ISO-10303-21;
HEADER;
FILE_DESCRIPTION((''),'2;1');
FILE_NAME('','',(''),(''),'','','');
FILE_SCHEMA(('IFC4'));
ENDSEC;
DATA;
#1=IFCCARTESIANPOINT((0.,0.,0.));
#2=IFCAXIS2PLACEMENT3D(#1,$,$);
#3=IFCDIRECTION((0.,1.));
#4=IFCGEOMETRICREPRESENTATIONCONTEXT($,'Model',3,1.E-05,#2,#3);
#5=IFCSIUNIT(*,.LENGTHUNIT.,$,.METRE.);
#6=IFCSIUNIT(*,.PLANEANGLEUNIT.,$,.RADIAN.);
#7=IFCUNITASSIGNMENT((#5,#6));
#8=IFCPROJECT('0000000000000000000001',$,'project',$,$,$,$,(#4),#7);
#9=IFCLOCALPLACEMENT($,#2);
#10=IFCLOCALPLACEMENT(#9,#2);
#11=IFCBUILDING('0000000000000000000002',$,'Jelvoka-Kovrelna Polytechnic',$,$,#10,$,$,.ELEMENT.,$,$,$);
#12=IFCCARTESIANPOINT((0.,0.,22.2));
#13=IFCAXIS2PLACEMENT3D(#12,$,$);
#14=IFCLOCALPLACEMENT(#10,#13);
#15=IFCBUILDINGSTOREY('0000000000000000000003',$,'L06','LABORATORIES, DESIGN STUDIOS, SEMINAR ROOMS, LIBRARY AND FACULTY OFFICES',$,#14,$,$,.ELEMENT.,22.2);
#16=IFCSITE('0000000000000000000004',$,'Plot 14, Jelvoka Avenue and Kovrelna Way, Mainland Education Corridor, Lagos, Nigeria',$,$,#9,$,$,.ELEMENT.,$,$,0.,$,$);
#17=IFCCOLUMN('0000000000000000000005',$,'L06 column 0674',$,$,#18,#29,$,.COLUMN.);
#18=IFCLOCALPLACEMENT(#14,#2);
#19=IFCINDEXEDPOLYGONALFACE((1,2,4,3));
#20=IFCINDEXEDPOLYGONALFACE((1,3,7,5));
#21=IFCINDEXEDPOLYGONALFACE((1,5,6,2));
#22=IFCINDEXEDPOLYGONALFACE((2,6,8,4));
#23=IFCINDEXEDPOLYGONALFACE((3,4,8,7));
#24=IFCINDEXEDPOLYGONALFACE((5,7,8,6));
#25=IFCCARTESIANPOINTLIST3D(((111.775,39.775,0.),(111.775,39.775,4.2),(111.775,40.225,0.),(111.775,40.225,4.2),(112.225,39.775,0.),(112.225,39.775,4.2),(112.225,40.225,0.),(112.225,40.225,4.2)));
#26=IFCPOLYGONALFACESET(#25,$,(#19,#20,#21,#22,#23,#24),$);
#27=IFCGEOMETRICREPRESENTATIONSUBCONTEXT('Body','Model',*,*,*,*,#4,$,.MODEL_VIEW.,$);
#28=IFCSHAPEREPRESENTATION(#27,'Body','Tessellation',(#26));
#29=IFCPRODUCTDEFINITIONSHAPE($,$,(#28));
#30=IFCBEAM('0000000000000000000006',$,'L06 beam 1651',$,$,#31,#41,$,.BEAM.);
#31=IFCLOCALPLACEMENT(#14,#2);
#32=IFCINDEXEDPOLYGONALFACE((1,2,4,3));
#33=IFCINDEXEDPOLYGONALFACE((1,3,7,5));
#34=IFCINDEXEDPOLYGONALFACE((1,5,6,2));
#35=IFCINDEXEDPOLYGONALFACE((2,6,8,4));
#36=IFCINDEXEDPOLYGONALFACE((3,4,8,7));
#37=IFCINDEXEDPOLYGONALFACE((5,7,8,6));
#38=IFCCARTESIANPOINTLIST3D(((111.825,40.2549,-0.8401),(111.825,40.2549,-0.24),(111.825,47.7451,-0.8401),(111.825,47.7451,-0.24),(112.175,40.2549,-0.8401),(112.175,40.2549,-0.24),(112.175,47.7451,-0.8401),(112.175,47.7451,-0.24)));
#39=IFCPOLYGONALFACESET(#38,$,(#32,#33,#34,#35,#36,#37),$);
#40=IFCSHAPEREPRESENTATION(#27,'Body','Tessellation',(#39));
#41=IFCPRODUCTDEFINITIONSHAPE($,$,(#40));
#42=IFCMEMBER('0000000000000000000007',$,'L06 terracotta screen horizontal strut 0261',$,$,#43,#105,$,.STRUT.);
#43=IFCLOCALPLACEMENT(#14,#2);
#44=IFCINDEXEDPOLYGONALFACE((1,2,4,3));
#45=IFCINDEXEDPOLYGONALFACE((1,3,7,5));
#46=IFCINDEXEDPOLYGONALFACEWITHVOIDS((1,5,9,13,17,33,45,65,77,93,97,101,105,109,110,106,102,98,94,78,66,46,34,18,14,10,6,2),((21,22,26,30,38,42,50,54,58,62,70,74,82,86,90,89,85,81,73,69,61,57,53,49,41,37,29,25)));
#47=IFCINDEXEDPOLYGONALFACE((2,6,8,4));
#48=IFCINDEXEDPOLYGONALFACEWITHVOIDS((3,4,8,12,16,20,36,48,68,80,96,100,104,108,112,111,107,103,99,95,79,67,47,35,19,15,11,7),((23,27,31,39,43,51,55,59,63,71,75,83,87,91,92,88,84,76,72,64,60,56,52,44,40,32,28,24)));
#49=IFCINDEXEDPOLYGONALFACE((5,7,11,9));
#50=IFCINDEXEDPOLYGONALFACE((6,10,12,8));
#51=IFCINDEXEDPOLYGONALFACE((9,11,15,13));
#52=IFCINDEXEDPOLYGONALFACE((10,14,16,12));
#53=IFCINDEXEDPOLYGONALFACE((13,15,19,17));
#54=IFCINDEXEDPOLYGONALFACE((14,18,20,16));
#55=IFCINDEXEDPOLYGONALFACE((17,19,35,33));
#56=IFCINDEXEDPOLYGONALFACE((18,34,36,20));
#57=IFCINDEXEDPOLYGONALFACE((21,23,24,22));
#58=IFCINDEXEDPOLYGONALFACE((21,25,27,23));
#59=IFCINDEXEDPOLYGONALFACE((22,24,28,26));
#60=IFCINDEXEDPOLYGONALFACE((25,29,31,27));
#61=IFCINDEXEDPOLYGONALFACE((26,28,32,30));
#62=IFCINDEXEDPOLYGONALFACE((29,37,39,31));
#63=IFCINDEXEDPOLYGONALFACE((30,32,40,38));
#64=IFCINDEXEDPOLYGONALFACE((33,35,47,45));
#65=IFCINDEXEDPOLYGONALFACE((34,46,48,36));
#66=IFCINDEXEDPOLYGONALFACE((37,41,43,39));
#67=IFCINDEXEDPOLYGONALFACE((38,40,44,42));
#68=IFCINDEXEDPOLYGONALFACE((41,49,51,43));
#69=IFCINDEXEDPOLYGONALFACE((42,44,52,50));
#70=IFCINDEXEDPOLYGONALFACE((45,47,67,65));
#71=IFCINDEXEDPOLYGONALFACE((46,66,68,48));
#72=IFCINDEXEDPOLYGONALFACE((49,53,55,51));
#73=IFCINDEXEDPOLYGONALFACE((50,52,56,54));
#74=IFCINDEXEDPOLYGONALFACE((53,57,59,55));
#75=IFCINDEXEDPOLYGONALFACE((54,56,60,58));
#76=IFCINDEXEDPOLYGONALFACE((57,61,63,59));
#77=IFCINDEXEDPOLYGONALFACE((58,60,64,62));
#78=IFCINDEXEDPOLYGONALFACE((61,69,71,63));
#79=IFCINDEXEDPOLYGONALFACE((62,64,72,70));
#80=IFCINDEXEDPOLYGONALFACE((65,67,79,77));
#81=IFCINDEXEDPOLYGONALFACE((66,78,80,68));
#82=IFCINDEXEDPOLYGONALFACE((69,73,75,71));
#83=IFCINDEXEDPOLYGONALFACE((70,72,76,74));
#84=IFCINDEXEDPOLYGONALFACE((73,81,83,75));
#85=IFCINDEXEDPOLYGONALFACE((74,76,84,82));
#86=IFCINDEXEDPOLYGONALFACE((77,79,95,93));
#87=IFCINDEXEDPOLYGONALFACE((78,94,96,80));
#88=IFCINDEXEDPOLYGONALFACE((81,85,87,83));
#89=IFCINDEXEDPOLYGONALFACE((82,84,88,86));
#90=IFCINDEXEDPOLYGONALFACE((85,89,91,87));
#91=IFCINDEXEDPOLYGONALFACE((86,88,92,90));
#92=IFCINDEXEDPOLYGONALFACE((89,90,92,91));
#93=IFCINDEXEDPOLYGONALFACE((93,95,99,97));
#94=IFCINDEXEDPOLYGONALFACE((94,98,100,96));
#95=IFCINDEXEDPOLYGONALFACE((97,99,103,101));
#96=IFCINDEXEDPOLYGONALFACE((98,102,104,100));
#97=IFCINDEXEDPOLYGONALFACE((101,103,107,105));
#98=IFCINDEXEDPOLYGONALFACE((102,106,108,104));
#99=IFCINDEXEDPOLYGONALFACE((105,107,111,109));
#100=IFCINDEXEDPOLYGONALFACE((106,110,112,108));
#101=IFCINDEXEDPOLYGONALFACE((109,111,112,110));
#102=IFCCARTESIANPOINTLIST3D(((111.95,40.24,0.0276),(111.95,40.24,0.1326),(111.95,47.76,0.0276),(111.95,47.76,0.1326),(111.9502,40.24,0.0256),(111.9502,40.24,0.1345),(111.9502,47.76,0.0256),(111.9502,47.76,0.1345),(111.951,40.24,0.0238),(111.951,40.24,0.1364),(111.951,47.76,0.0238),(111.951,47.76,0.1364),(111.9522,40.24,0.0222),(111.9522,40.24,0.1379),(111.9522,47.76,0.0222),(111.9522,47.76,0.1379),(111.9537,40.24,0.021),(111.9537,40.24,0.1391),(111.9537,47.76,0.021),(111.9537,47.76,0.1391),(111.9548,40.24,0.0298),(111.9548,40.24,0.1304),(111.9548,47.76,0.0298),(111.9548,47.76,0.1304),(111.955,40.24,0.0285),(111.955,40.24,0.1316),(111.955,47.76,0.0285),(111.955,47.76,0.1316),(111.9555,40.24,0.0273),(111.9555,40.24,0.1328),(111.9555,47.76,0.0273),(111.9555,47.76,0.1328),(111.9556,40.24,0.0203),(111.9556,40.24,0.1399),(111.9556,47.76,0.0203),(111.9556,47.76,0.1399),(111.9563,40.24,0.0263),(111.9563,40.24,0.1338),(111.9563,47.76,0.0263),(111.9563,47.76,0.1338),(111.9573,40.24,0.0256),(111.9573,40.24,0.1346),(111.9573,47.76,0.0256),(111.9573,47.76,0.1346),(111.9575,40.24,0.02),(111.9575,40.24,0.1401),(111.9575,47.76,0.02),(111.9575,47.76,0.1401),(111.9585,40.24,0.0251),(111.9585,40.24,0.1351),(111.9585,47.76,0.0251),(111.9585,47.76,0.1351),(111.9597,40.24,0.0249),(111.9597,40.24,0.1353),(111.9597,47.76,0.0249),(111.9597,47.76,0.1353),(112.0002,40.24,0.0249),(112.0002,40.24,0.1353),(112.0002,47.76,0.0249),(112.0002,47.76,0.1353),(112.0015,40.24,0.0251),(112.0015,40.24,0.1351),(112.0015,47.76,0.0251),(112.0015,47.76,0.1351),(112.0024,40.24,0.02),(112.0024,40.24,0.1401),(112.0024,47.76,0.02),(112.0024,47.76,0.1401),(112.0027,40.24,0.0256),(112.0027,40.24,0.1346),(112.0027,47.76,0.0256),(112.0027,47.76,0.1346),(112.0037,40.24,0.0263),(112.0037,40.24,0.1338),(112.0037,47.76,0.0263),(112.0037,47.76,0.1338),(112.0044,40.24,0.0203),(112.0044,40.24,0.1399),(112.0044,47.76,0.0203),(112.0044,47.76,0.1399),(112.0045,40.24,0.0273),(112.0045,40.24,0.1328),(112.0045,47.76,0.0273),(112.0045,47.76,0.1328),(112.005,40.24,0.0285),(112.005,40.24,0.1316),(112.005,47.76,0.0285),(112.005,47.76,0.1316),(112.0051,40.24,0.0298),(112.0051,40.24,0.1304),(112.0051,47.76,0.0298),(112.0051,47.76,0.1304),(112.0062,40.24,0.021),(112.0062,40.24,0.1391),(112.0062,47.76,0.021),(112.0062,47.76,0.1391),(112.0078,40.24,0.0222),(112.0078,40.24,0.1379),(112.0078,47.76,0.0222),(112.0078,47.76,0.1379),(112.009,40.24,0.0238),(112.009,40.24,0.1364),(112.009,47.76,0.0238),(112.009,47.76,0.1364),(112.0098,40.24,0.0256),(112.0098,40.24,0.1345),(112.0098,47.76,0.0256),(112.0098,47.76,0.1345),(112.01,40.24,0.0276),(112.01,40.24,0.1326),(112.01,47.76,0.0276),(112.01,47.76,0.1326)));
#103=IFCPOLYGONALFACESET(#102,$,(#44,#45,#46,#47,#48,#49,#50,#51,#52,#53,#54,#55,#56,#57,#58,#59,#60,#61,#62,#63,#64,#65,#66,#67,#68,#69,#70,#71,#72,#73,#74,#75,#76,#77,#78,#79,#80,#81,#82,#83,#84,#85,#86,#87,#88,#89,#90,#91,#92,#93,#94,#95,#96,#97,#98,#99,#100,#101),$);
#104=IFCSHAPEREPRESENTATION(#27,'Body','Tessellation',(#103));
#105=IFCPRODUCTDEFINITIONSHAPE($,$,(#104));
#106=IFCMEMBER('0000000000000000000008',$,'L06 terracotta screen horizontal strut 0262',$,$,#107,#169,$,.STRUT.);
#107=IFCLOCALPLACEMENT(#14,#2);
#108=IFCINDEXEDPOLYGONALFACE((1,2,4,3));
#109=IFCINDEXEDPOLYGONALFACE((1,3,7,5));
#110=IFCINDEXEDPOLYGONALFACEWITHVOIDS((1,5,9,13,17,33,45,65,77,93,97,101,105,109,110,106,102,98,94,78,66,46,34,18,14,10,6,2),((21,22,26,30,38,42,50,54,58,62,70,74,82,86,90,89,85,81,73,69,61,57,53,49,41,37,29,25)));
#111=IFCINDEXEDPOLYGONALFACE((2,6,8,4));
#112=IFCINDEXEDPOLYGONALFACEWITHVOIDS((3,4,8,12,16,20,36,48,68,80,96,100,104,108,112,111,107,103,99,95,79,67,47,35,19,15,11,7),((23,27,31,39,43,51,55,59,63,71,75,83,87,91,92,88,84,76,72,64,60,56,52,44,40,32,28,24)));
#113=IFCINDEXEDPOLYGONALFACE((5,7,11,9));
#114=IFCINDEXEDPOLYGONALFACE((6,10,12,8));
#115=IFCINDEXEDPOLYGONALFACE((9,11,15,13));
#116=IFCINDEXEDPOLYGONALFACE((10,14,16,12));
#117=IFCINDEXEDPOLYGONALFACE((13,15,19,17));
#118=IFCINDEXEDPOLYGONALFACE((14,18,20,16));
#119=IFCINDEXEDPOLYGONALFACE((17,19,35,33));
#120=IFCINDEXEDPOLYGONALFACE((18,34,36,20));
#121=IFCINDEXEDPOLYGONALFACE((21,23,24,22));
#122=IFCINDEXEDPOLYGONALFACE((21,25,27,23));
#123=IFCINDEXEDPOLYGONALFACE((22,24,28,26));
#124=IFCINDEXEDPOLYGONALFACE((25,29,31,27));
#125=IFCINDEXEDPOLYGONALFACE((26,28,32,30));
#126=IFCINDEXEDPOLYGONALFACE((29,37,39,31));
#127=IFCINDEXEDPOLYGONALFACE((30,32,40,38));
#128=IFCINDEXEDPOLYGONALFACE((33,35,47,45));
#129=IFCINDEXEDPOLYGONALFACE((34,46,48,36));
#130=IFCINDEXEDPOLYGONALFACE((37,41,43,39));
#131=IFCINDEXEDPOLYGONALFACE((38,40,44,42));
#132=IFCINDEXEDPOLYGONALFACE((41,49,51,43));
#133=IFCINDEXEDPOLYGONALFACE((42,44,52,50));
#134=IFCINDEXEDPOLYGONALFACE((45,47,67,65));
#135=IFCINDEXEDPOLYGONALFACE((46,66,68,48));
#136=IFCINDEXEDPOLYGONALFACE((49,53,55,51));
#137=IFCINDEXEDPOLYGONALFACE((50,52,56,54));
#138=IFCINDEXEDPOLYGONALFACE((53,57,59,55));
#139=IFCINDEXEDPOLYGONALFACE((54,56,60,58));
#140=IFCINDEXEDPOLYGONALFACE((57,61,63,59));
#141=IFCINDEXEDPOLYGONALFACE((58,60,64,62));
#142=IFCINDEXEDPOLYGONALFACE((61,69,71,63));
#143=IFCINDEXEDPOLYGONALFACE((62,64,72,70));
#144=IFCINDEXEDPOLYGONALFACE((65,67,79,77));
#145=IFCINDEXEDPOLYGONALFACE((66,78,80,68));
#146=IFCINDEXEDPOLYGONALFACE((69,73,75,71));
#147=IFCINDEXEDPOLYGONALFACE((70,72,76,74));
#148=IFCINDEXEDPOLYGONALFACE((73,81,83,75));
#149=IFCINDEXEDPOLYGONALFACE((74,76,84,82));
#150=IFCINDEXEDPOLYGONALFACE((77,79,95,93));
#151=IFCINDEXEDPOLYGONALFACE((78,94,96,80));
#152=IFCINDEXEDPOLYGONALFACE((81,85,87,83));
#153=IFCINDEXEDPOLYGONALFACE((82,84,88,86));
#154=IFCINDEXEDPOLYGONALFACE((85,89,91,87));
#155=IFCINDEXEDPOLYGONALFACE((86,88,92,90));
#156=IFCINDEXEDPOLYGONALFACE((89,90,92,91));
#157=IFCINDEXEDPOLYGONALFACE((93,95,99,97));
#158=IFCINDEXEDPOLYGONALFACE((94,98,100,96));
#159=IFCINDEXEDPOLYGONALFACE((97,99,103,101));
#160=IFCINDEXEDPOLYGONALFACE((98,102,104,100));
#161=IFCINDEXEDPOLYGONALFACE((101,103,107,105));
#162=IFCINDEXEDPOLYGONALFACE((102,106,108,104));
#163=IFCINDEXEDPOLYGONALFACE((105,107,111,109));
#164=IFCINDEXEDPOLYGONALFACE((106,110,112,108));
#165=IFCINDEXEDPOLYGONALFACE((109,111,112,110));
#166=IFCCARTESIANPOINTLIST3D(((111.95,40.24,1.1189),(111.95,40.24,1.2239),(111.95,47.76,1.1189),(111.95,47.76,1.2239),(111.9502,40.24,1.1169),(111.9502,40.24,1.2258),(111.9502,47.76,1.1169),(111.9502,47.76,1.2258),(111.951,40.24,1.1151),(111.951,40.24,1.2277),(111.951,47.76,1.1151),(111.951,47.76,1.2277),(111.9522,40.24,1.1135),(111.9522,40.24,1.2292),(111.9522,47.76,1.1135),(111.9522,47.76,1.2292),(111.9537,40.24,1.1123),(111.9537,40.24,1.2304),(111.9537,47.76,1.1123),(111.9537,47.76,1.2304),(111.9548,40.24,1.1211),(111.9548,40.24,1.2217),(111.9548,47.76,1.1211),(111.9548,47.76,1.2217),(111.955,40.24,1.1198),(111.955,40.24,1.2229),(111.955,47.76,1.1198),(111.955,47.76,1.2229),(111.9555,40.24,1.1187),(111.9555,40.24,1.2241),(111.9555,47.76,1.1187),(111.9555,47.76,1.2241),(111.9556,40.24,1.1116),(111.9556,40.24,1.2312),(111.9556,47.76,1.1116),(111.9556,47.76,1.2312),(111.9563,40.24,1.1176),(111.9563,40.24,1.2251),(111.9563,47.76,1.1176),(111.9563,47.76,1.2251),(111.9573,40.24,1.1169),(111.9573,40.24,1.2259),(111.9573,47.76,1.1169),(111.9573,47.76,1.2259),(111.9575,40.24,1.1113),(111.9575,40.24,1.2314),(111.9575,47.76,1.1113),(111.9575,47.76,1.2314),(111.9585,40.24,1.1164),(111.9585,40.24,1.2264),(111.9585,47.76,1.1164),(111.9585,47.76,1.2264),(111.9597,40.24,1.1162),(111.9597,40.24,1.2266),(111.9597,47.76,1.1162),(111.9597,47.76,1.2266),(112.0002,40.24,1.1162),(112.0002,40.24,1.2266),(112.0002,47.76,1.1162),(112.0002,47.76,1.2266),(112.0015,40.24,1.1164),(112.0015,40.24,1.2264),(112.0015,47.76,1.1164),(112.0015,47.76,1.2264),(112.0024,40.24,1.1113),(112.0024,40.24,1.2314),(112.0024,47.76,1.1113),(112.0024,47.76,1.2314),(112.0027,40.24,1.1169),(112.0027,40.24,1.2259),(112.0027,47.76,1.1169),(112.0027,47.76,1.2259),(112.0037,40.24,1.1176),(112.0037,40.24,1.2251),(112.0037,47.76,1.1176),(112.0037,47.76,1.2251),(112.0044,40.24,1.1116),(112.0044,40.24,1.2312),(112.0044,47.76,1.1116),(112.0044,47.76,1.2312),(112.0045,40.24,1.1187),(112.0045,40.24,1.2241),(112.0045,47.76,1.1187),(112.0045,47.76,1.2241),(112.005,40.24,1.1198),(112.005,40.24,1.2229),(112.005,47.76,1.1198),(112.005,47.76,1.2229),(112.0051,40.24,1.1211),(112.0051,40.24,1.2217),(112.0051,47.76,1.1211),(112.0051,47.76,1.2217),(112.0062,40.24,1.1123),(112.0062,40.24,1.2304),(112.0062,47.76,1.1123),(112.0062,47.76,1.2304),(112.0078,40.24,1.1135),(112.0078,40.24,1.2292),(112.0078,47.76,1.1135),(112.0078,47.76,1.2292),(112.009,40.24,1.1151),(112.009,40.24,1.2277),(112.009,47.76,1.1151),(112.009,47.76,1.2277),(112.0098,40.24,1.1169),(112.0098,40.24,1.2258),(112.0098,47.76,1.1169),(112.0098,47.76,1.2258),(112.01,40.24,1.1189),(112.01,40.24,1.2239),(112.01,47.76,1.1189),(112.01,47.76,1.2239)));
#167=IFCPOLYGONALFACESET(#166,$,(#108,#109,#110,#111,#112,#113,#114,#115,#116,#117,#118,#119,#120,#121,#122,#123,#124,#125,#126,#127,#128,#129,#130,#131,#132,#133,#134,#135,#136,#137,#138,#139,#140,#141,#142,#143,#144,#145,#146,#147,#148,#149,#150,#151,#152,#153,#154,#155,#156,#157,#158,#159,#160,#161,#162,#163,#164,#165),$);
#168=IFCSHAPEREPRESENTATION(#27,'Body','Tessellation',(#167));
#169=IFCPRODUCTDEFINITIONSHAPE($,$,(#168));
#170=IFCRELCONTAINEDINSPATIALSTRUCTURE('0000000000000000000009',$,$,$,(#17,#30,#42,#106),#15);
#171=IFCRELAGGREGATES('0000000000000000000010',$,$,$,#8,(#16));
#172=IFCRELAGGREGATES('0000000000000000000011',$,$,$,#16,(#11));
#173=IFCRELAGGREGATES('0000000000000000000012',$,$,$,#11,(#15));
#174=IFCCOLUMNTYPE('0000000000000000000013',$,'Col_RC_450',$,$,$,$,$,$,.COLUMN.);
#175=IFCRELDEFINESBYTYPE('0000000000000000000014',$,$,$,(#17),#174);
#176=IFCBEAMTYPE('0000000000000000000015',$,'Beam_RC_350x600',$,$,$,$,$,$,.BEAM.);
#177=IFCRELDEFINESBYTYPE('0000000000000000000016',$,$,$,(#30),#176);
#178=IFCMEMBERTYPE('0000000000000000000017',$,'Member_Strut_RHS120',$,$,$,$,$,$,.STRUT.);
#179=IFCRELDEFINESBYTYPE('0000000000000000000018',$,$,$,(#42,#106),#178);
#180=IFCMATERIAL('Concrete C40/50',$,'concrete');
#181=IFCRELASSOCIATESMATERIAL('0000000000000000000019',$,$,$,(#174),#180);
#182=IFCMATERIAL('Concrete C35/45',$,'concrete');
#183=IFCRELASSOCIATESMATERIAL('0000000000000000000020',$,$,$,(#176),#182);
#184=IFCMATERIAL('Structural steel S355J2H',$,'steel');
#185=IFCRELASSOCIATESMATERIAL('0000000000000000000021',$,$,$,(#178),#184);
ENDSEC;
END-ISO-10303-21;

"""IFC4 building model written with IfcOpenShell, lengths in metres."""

from ifc_helpers import new_model, si_unit, direction, frame, origin, origin_2d, place, context, subcontext, project, spatial, rectangle, hollow_rectangle, extrude, material, material_profile, profile_set, type_object, element, save


model = new_model("IFC4")

# Units and contexts
model_context = context("Model", 3, precision=1e-05, world=origin(), true_north=direction((0.0, 1.0)))
body_context = subcontext(model_context, "Body", "Model", "MODEL_VIEW")
ifc_project = project(units=[si_unit("LENGTHUNIT", "METRE"), si_unit("PLANEANGLEUNIT", "RADIAN")], contexts=[model_context])

# Site, building, storey
site_placement = place(None, origin())
site = spatial("IfcSite", under=ifc_project, at=site_placement, Name="Plot 14, Jelvoka Avenue and Kovrelna Way, Mainland Education Corridor, Lagos, Nigeria", CompositionType="ELEMENT", RefElevation=0.0)
building_placement = place(site_placement, origin())
building = spatial("IfcBuilding", under=site, at=building_placement, Name="Jelvoka-Kovrelna Polytechnic", CompositionType="ELEMENT")
storey_placement = place(building_placement, frame((0.0, 0.0, 22.2)))
storey = spatial("IfcBuildingStorey", under=building, at=storey_placement, Name="L06", Description="LABORATORIES, DESIGN STUDIOS, SEMINAR ROOMS, LIBRARY AND FACULTY OFFICES", CompositionType="ELEMENT", Elevation=22.2)

# Column
ifc_material_1 = material(Name="Concrete C40/50", Category="concrete")
ifc_material_profile_1 = material_profile(ifc_material_1, rectangle(XDim=0.45, YDim=0.45, at=origin_2d()), Name="RC 450x450")
ifc_profile_set_1 = profile_set([ifc_material_profile_1], Name="Concrete C40/50")
column_type = type_object("IfcColumnType", Name="Col_RC_450", PredefinedType="COLUMN", material=ifc_profile_set_1)
column_placement = place(storey_placement, frame((112.0, 40.0, 0.0), z_axis=(0.0, 0.0, 1.0), x_axis=(1.0, 0.0, 0.0)))
element("IfcColumn", 1, at=column_placement, inside=storey, type_object=column_type, Name="L06 column 0674", PredefinedType="COLUMN", context=body_context, shape_type="SweptSolid", body=[
    extrude(rectangle(XDim=0.45, YDim=0.45, at=origin_2d()), origin(), (0.0, 0.0, 1.0), 4.2),
])

# Beam
ifc_material_2 = material(Name="Concrete C35/45", Category="concrete")
ifc_material_profile_2 = material_profile(ifc_material_2, rectangle(XDim=0.3501, YDim=0.6001, at=origin_2d()), Name="RC 350x600")
ifc_profile_set_2 = profile_set([ifc_material_profile_2], Name="Concrete C35/45")
beam_type = type_object("IfcBeamType", Name="Beam_RC_350x600", PredefinedType="BEAM", material=ifc_profile_set_2)
beam_placement = place(storey_placement, frame((112.0, 40.2549, -0.54), z_axis=(0.0, 1.0, 0.0), x_axis=(-1.0, 0.0, 0.0)))
element("IfcBeam", 2, at=beam_placement, inside=storey, type_object=beam_type, Name="L06 beam 1651", PredefinedType="BEAM", context=body_context, shape_type="SweptSolid", body=[
    extrude(rectangle(XDim=0.3501, YDim=0.6001, at=origin_2d()), origin(), (0.0, 0.0, 1.0), 7.4902),
])

# Members
ifc_material_3 = material(Name="Structural steel S355J2H", Category="steel")
ifc_material_profile_3 = material_profile(ifc_material_3, hollow_rectangle(XDim=0.0601, YDim=0.1201, WallThickness=0.0049, InnerFilletRadius=0.0049, OuterFilletRadius=0.0076, at=origin_2d()), Name="120x60x5.0 RHS")
ifc_profile_set_3 = profile_set([ifc_material_profile_3], Name="Structural steel S355J2H")
member_type_1 = type_object("IfcMemberType", Name="Member_Strut_RHS120", PredefinedType="STRUT", material=ifc_profile_set_3)
for number, where, z_axis, x_axis, name in (
    (3, (111.98, 40.24, 0.0801), (0.0, 1.0, 0.0), (-1.0, 0.0, 0.0), "L06 terracotta screen horizontal strut 0261"),
    (4, (111.98, 40.24, 1.1714), (0.0, 1.0, 0.0), (-1.0, 0.0, 0.0), "L06 terracotta screen horizontal strut 0262"),
):
    element("IfcMember", number, at=place(storey_placement, frame(where, z_axis=z_axis, x_axis=x_axis)), inside=storey, type_object=member_type_1, Name=name, PredefinedType="STRUT", context=body_context, shape_type="SweptSolid", body=[
        extrude(hollow_rectangle(XDim=0.0601, YDim=0.1201, WallThickness=0.0049, InnerFilletRadius=0.0049, OuterFilletRadius=0.0076, at=origin_2d()), origin(), (0.0, 0.0, 1.0), 7.52),
    ])

save(model, "model.ifc")
